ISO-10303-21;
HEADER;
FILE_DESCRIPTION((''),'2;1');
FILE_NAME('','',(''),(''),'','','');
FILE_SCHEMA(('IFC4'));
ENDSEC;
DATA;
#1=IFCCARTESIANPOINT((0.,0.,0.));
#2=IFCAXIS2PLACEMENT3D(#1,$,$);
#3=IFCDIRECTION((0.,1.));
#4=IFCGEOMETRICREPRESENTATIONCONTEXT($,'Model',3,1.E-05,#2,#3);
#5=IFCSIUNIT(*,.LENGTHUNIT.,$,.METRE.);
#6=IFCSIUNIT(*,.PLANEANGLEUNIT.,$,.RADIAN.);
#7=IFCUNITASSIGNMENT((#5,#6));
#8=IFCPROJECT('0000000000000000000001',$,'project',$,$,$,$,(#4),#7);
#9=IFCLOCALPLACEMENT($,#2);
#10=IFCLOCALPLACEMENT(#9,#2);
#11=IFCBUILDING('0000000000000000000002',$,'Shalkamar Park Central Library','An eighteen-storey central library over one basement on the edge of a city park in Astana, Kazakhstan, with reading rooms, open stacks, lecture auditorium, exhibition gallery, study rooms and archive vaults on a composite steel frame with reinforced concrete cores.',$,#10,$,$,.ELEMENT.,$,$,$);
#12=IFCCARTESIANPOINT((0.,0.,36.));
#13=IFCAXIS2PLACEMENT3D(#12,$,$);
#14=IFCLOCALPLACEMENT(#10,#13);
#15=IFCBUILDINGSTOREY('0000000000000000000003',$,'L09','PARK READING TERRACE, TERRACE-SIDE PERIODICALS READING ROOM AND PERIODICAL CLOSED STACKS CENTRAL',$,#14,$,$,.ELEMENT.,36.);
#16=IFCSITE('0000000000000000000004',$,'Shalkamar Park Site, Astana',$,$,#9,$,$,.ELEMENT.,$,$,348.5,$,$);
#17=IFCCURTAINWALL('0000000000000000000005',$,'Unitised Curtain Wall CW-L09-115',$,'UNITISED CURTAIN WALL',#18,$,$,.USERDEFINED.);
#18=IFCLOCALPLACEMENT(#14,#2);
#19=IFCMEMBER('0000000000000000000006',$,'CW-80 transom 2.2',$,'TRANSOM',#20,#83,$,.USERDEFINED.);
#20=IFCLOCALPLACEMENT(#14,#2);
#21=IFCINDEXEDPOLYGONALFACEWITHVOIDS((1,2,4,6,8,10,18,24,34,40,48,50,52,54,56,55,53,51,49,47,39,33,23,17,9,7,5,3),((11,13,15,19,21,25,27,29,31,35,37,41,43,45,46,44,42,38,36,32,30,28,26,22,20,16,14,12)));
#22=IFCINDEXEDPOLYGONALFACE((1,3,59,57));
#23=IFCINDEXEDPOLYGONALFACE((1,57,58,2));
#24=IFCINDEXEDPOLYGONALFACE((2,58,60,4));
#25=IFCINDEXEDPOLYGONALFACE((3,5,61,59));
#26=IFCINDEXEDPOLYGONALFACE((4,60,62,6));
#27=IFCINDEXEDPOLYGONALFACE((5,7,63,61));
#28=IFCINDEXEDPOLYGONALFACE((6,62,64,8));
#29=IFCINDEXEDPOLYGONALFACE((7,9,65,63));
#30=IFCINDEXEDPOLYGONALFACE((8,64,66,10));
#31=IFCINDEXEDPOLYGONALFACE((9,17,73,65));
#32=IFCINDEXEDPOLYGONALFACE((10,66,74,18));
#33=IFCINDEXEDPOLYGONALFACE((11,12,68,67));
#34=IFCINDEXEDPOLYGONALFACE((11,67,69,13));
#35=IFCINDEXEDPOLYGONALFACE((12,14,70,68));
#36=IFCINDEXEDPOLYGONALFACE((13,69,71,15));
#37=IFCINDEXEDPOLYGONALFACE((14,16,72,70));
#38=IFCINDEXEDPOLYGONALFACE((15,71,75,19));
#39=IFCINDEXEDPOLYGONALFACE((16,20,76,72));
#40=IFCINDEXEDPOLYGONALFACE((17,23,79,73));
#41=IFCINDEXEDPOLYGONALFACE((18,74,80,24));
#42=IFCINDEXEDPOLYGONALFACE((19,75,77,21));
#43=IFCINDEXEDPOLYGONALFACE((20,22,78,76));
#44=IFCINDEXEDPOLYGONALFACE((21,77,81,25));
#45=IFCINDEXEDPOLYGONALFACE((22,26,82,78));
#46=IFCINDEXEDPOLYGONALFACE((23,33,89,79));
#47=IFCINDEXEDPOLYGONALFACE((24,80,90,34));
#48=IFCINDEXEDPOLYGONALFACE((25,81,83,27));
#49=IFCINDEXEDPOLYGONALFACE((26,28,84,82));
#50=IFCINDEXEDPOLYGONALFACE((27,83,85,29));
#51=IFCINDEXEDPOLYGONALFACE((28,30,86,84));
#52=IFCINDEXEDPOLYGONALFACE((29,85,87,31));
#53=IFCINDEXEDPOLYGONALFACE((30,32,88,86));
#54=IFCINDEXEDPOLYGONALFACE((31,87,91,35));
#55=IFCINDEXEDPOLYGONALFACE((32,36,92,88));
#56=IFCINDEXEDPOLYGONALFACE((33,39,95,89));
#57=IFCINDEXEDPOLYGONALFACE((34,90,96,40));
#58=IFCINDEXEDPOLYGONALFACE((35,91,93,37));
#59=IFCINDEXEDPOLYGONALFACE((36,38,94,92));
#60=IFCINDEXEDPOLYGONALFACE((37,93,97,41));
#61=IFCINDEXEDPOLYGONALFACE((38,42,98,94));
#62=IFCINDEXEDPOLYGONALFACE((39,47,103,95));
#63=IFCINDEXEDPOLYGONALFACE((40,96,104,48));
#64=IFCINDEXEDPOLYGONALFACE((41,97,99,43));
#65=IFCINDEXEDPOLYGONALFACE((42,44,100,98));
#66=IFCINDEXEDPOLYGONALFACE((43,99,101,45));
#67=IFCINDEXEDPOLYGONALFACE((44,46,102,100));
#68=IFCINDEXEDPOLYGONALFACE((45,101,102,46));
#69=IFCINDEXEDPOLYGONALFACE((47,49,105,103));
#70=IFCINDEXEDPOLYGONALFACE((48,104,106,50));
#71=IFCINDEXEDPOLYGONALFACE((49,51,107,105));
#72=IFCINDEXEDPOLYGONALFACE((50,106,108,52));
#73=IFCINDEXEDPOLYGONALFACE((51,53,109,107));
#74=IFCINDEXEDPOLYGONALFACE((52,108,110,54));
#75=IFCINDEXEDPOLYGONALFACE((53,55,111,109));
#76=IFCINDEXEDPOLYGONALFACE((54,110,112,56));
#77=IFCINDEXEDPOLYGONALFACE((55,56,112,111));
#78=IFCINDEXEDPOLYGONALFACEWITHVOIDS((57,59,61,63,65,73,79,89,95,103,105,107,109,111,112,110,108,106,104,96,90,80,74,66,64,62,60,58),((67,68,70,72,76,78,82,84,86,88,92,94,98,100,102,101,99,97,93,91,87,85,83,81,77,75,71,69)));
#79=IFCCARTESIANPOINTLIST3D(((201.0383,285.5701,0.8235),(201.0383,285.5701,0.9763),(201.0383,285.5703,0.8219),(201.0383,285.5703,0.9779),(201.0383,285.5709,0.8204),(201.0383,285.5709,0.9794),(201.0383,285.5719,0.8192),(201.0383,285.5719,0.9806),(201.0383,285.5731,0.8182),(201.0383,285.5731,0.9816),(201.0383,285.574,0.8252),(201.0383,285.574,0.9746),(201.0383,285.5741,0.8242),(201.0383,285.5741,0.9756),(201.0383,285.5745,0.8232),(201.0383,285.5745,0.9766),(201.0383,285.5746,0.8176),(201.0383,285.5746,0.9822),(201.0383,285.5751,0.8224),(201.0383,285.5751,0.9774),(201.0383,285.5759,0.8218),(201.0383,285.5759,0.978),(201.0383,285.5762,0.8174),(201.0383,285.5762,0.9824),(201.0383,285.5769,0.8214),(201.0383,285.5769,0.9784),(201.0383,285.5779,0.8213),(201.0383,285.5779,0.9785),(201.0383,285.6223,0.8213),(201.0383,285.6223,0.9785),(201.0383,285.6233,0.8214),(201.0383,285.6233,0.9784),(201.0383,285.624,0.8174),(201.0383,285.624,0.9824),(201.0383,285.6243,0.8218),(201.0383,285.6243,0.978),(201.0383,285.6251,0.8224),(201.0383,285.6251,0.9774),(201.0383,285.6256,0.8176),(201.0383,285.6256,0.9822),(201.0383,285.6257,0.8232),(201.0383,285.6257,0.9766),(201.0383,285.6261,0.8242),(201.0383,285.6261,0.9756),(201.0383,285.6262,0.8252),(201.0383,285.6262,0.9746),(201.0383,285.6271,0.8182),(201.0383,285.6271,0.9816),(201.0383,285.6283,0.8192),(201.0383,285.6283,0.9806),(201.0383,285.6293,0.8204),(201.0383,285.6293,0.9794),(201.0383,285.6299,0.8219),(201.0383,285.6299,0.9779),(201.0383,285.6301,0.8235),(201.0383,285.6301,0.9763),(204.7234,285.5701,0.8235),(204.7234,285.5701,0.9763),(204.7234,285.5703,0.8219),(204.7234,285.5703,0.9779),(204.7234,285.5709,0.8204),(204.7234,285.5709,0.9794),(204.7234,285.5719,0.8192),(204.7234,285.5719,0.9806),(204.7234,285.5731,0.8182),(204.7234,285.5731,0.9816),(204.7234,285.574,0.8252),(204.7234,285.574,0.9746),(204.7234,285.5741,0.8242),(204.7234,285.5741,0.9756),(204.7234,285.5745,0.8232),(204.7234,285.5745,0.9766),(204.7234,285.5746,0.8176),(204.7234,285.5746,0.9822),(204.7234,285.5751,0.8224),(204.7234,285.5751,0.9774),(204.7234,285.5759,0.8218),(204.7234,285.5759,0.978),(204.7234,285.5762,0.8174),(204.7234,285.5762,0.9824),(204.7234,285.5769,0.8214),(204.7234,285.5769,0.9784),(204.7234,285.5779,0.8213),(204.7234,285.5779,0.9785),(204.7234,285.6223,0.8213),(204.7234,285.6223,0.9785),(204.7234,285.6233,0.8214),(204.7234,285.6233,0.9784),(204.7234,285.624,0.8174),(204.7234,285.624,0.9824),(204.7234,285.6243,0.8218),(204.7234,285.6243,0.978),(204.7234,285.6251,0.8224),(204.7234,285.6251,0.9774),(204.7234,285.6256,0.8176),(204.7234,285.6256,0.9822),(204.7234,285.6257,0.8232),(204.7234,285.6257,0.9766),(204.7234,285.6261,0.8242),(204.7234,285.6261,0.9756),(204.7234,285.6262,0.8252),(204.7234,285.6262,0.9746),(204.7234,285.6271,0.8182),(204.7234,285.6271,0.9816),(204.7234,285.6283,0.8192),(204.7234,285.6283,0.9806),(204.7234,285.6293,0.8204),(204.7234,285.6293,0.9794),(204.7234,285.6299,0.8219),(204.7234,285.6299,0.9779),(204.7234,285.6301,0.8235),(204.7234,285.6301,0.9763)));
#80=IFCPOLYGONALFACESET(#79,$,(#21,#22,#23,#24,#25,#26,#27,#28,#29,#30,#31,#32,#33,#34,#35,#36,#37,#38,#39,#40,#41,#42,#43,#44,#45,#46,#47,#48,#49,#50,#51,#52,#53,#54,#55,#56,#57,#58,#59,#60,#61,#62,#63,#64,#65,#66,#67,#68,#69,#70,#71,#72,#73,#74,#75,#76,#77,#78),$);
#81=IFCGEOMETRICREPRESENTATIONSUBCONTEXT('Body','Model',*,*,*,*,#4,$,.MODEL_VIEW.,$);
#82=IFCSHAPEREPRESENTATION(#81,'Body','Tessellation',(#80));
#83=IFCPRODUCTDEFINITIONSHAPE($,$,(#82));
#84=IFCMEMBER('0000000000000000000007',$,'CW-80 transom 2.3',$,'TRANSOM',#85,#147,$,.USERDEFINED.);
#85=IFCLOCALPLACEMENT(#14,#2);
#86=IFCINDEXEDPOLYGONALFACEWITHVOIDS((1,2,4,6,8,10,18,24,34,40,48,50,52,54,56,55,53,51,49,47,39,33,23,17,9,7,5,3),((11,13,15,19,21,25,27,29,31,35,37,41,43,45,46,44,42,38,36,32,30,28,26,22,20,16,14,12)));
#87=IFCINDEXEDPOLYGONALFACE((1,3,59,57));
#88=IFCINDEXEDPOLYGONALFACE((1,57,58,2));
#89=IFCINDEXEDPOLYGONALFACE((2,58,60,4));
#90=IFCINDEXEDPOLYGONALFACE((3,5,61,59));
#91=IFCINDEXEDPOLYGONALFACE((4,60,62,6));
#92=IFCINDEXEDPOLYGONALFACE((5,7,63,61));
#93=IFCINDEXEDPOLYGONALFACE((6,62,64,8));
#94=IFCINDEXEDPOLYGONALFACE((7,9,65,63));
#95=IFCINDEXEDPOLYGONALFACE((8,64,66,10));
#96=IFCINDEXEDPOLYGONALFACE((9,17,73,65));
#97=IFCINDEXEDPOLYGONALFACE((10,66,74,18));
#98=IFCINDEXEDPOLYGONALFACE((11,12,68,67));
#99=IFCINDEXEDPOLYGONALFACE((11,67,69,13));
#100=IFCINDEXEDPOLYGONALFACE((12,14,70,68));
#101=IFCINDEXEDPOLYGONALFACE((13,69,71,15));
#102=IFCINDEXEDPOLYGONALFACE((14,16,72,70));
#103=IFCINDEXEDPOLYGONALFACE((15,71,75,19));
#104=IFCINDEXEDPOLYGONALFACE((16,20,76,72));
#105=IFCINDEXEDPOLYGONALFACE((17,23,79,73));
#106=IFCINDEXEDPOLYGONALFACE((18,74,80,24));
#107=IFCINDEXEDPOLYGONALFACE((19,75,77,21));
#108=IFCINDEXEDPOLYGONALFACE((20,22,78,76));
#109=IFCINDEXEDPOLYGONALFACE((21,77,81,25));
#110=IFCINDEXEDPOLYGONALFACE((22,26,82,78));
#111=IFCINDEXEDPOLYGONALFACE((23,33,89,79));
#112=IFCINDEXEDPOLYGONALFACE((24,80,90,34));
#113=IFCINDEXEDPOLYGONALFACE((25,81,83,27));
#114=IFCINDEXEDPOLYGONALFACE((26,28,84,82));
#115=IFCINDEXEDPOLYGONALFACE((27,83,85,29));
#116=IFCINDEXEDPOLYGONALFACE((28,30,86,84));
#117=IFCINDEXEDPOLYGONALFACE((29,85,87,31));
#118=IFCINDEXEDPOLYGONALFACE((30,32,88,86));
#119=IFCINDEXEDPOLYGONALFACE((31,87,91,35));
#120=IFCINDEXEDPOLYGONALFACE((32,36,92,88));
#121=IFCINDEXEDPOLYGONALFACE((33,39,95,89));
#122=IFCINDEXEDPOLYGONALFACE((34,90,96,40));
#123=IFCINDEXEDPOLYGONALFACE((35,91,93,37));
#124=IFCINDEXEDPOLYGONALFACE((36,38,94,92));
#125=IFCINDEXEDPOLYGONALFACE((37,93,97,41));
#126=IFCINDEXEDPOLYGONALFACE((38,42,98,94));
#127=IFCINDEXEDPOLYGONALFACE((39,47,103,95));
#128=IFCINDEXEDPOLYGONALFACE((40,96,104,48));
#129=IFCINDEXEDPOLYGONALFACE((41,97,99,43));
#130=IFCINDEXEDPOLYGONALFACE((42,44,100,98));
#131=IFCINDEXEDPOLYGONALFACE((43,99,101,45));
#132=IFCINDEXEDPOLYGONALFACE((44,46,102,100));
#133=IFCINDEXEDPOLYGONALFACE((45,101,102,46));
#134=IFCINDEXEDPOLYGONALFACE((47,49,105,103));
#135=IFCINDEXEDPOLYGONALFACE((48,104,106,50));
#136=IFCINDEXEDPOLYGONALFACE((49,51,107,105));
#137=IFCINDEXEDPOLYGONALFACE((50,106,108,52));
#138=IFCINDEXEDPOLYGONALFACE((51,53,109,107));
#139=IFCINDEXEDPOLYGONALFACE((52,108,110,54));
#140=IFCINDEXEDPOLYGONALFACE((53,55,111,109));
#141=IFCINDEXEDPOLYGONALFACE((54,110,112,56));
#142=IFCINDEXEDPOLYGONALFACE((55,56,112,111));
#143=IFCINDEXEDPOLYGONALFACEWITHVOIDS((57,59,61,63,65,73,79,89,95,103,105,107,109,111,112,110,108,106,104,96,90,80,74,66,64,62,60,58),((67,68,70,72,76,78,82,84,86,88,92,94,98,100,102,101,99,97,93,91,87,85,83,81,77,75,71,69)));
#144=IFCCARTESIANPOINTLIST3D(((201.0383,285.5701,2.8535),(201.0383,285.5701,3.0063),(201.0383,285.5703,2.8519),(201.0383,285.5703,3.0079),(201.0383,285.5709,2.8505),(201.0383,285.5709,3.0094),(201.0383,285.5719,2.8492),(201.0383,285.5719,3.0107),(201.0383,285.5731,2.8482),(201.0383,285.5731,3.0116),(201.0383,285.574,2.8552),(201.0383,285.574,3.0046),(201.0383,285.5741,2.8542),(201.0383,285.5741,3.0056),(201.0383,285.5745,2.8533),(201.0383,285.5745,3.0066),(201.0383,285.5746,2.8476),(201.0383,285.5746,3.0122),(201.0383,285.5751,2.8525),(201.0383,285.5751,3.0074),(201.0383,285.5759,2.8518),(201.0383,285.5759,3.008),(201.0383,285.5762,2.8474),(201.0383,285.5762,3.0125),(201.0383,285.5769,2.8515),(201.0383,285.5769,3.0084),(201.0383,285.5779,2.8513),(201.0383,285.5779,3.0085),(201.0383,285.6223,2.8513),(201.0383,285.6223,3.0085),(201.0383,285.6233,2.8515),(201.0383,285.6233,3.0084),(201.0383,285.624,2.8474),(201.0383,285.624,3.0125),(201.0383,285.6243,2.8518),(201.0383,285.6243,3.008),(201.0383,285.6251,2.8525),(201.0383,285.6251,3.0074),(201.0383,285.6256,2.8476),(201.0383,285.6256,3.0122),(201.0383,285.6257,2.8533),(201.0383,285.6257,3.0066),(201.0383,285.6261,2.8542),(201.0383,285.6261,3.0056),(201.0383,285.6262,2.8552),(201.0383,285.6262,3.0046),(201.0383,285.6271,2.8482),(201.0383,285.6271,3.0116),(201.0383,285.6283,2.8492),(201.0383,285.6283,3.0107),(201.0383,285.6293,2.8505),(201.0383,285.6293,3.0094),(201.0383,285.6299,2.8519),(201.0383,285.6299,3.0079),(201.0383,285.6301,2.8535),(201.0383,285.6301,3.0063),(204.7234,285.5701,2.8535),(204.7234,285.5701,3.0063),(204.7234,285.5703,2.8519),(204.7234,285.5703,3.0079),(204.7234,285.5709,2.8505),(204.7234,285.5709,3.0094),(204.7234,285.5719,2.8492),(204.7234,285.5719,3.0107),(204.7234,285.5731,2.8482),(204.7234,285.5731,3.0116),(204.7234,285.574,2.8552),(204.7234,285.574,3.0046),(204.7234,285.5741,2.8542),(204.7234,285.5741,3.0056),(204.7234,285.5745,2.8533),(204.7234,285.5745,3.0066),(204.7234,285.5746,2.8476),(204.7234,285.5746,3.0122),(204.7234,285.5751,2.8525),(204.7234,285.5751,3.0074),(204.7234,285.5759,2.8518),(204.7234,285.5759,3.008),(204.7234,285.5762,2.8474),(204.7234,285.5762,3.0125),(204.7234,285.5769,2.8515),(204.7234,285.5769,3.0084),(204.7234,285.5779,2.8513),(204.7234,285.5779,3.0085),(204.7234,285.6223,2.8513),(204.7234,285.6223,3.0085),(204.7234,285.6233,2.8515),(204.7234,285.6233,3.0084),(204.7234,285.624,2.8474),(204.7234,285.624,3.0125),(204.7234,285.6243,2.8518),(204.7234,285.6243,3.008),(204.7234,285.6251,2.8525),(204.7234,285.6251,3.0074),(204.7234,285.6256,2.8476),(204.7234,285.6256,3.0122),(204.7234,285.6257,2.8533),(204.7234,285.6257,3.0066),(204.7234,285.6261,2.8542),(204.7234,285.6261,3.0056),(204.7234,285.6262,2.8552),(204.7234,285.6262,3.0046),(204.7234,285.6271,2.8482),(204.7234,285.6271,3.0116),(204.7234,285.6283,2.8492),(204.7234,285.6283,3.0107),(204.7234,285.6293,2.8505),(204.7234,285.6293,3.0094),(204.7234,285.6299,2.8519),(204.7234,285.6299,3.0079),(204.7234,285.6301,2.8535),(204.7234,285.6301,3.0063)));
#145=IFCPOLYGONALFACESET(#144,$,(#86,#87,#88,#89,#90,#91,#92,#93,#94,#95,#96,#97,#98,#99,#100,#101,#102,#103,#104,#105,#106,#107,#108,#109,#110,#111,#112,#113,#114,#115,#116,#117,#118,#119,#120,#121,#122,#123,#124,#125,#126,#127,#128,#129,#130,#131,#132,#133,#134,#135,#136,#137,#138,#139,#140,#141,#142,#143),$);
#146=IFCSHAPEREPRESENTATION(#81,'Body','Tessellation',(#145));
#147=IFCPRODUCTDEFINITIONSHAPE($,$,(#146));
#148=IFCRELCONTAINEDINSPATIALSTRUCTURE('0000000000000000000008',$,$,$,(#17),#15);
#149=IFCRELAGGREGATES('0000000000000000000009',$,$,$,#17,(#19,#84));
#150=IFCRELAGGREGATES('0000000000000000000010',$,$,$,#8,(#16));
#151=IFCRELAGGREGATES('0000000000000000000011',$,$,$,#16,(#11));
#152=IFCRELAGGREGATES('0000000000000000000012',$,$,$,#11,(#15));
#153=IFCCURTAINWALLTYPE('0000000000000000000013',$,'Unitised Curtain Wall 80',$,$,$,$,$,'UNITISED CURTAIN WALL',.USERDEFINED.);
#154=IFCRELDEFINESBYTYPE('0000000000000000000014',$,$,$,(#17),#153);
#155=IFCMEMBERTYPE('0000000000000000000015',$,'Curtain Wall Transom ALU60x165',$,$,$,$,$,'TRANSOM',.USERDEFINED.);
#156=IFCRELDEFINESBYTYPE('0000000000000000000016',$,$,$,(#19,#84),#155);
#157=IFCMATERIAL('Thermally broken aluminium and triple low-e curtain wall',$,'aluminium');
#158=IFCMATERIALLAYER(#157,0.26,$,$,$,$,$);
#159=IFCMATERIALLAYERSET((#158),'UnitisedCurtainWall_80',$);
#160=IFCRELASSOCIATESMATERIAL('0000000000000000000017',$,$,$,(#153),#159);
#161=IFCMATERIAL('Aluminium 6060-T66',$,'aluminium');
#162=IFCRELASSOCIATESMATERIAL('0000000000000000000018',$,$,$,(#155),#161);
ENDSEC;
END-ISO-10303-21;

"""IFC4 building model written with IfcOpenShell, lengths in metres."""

from ifc_helpers import new_model, si_unit, direction, frame, origin, origin_2d, place, context, subcontext, project, spatial, hollow_rectangle, extrude, material, layer, layer_set, material_profile, profile_set, type_object, element, aggregate, save


model = new_model("IFC4")

# Units and contexts
model_context = context("Model", 3, precision=1e-05, world=origin(), true_north=direction((0.0, 1.0)))
body_context = subcontext(model_context, "Body", "Model", "MODEL_VIEW")
ifc_project = project(units=[si_unit("LENGTHUNIT", "METRE"), si_unit("PLANEANGLEUNIT", "RADIAN")], contexts=[model_context])

# Site, building, storey
site_placement = place(None, origin())
site = spatial("IfcSite", under=ifc_project, at=site_placement, Name="Shalkamar Park Site, Astana", CompositionType="ELEMENT", RefElevation=348.5)
building_placement = place(site_placement, origin())
building = spatial("IfcBuilding", under=site, at=building_placement, Name="Shalkamar Park Central Library", Description="An eighteen-storey central library over one basement on the edge of a city park in Astana, Kazakhstan, with reading rooms, open stacks, lecture auditorium, exhibition gallery, study rooms and archive vaults on a composite steel frame with reinforced concrete cores.", CompositionType="ELEMENT")
storey_placement = place(building_placement, frame((0.0, 0.0, 36.0)))
storey = spatial("IfcBuildingStorey", under=building, at=storey_placement, Name="L09", Description="PARK READING TERRACE, TERRACE-SIDE PERIODICALS READING ROOM AND PERIODICAL CLOSED STACKS CENTRAL", CompositionType="ELEMENT", Elevation=36.0)

# Curtain wall, members
ifc_material_1 = material(Name="Thermally broken aluminium and triple low-e curtain wall", Category="aluminium")
ifc_layer_1 = layer(ifc_material_1, 0.26)
ifc_layer_set_1 = layer_set([ifc_layer_1], Name="UnitisedCurtainWall_80")
curtain_wall_type = type_object("IfcCurtainWallType", Name="Unitised Curtain Wall 80", ElementType="UNITISED CURTAIN WALL", PredefinedType="USERDEFINED", material=ifc_layer_set_1)
curtain_wall_placement = place(storey_placement, origin())
curtain_wall = element("IfcCurtainWall", 1, at=curtain_wall_placement, inside=storey, type_object=curtain_wall_type, Name="Unitised Curtain Wall CW-L09-115", ObjectType="UNITISED CURTAIN WALL", PredefinedType="USERDEFINED")
ifc_material_2 = material(Name="Aluminium 6060-T66", Category="aluminium")
ifc_material_profile_1 = material_profile(ifc_material_2, hollow_rectangle(XDim=0.0601, YDim=0.165, WallThickness=0.0039, InnerFilletRadius=0.0039, OuterFilletRadius=0.0061, at=origin_2d()), Name="ALU 60x165x4")
ifc_profile_set_1 = profile_set([ifc_material_profile_1], Name="Aluminium 6060-T66")
member_type_1 = type_object("IfcMemberType", Name="Curtain Wall Transom ALU60x165", ElementType="TRANSOM", PredefinedType="USERDEFINED", material=ifc_profile_set_1)
member_1_placement = place(storey_placement, frame((201.0383, 285.6001, 0.8999), z_axis=(1.0, 0.0, 0.0), x_axis=(0.0, 1.0, 0.0)))
member_1 = element("IfcMember", 2, at=member_1_placement, type_object=member_type_1, Name="CW-80 transom 2.2", ObjectType="TRANSOM", PredefinedType="USERDEFINED", context=body_context, shape_type="SweptSolid", body=[
    extrude(hollow_rectangle(XDim=0.0601, YDim=0.165, WallThickness=0.0039, InnerFilletRadius=0.0039, OuterFilletRadius=0.0061, at=origin_2d()), origin(), (0.0, 0.0, 1.0), 3.6851),
])
member_2_placement = place(storey_placement, frame((201.0383, 285.6001, 2.9299), z_axis=(1.0, 0.0, 0.0), x_axis=(0.0, 1.0, 0.0)))
member_2 = element("IfcMember", 3, at=member_2_placement, type_object=member_type_1, Name="CW-80 transom 2.3", ObjectType="TRANSOM", PredefinedType="USERDEFINED", context=body_context, shape_type="SweptSolid", body=[
    extrude(hollow_rectangle(XDim=0.0601, YDim=0.165, WallThickness=0.0039, InnerFilletRadius=0.0039, OuterFilletRadius=0.0061, at=origin_2d()), origin(), (0.0, 0.0, 1.0), 3.6851),
])

aggregate(curtain_wall, [member_1, member_2])

save(model, "model.ifc")
